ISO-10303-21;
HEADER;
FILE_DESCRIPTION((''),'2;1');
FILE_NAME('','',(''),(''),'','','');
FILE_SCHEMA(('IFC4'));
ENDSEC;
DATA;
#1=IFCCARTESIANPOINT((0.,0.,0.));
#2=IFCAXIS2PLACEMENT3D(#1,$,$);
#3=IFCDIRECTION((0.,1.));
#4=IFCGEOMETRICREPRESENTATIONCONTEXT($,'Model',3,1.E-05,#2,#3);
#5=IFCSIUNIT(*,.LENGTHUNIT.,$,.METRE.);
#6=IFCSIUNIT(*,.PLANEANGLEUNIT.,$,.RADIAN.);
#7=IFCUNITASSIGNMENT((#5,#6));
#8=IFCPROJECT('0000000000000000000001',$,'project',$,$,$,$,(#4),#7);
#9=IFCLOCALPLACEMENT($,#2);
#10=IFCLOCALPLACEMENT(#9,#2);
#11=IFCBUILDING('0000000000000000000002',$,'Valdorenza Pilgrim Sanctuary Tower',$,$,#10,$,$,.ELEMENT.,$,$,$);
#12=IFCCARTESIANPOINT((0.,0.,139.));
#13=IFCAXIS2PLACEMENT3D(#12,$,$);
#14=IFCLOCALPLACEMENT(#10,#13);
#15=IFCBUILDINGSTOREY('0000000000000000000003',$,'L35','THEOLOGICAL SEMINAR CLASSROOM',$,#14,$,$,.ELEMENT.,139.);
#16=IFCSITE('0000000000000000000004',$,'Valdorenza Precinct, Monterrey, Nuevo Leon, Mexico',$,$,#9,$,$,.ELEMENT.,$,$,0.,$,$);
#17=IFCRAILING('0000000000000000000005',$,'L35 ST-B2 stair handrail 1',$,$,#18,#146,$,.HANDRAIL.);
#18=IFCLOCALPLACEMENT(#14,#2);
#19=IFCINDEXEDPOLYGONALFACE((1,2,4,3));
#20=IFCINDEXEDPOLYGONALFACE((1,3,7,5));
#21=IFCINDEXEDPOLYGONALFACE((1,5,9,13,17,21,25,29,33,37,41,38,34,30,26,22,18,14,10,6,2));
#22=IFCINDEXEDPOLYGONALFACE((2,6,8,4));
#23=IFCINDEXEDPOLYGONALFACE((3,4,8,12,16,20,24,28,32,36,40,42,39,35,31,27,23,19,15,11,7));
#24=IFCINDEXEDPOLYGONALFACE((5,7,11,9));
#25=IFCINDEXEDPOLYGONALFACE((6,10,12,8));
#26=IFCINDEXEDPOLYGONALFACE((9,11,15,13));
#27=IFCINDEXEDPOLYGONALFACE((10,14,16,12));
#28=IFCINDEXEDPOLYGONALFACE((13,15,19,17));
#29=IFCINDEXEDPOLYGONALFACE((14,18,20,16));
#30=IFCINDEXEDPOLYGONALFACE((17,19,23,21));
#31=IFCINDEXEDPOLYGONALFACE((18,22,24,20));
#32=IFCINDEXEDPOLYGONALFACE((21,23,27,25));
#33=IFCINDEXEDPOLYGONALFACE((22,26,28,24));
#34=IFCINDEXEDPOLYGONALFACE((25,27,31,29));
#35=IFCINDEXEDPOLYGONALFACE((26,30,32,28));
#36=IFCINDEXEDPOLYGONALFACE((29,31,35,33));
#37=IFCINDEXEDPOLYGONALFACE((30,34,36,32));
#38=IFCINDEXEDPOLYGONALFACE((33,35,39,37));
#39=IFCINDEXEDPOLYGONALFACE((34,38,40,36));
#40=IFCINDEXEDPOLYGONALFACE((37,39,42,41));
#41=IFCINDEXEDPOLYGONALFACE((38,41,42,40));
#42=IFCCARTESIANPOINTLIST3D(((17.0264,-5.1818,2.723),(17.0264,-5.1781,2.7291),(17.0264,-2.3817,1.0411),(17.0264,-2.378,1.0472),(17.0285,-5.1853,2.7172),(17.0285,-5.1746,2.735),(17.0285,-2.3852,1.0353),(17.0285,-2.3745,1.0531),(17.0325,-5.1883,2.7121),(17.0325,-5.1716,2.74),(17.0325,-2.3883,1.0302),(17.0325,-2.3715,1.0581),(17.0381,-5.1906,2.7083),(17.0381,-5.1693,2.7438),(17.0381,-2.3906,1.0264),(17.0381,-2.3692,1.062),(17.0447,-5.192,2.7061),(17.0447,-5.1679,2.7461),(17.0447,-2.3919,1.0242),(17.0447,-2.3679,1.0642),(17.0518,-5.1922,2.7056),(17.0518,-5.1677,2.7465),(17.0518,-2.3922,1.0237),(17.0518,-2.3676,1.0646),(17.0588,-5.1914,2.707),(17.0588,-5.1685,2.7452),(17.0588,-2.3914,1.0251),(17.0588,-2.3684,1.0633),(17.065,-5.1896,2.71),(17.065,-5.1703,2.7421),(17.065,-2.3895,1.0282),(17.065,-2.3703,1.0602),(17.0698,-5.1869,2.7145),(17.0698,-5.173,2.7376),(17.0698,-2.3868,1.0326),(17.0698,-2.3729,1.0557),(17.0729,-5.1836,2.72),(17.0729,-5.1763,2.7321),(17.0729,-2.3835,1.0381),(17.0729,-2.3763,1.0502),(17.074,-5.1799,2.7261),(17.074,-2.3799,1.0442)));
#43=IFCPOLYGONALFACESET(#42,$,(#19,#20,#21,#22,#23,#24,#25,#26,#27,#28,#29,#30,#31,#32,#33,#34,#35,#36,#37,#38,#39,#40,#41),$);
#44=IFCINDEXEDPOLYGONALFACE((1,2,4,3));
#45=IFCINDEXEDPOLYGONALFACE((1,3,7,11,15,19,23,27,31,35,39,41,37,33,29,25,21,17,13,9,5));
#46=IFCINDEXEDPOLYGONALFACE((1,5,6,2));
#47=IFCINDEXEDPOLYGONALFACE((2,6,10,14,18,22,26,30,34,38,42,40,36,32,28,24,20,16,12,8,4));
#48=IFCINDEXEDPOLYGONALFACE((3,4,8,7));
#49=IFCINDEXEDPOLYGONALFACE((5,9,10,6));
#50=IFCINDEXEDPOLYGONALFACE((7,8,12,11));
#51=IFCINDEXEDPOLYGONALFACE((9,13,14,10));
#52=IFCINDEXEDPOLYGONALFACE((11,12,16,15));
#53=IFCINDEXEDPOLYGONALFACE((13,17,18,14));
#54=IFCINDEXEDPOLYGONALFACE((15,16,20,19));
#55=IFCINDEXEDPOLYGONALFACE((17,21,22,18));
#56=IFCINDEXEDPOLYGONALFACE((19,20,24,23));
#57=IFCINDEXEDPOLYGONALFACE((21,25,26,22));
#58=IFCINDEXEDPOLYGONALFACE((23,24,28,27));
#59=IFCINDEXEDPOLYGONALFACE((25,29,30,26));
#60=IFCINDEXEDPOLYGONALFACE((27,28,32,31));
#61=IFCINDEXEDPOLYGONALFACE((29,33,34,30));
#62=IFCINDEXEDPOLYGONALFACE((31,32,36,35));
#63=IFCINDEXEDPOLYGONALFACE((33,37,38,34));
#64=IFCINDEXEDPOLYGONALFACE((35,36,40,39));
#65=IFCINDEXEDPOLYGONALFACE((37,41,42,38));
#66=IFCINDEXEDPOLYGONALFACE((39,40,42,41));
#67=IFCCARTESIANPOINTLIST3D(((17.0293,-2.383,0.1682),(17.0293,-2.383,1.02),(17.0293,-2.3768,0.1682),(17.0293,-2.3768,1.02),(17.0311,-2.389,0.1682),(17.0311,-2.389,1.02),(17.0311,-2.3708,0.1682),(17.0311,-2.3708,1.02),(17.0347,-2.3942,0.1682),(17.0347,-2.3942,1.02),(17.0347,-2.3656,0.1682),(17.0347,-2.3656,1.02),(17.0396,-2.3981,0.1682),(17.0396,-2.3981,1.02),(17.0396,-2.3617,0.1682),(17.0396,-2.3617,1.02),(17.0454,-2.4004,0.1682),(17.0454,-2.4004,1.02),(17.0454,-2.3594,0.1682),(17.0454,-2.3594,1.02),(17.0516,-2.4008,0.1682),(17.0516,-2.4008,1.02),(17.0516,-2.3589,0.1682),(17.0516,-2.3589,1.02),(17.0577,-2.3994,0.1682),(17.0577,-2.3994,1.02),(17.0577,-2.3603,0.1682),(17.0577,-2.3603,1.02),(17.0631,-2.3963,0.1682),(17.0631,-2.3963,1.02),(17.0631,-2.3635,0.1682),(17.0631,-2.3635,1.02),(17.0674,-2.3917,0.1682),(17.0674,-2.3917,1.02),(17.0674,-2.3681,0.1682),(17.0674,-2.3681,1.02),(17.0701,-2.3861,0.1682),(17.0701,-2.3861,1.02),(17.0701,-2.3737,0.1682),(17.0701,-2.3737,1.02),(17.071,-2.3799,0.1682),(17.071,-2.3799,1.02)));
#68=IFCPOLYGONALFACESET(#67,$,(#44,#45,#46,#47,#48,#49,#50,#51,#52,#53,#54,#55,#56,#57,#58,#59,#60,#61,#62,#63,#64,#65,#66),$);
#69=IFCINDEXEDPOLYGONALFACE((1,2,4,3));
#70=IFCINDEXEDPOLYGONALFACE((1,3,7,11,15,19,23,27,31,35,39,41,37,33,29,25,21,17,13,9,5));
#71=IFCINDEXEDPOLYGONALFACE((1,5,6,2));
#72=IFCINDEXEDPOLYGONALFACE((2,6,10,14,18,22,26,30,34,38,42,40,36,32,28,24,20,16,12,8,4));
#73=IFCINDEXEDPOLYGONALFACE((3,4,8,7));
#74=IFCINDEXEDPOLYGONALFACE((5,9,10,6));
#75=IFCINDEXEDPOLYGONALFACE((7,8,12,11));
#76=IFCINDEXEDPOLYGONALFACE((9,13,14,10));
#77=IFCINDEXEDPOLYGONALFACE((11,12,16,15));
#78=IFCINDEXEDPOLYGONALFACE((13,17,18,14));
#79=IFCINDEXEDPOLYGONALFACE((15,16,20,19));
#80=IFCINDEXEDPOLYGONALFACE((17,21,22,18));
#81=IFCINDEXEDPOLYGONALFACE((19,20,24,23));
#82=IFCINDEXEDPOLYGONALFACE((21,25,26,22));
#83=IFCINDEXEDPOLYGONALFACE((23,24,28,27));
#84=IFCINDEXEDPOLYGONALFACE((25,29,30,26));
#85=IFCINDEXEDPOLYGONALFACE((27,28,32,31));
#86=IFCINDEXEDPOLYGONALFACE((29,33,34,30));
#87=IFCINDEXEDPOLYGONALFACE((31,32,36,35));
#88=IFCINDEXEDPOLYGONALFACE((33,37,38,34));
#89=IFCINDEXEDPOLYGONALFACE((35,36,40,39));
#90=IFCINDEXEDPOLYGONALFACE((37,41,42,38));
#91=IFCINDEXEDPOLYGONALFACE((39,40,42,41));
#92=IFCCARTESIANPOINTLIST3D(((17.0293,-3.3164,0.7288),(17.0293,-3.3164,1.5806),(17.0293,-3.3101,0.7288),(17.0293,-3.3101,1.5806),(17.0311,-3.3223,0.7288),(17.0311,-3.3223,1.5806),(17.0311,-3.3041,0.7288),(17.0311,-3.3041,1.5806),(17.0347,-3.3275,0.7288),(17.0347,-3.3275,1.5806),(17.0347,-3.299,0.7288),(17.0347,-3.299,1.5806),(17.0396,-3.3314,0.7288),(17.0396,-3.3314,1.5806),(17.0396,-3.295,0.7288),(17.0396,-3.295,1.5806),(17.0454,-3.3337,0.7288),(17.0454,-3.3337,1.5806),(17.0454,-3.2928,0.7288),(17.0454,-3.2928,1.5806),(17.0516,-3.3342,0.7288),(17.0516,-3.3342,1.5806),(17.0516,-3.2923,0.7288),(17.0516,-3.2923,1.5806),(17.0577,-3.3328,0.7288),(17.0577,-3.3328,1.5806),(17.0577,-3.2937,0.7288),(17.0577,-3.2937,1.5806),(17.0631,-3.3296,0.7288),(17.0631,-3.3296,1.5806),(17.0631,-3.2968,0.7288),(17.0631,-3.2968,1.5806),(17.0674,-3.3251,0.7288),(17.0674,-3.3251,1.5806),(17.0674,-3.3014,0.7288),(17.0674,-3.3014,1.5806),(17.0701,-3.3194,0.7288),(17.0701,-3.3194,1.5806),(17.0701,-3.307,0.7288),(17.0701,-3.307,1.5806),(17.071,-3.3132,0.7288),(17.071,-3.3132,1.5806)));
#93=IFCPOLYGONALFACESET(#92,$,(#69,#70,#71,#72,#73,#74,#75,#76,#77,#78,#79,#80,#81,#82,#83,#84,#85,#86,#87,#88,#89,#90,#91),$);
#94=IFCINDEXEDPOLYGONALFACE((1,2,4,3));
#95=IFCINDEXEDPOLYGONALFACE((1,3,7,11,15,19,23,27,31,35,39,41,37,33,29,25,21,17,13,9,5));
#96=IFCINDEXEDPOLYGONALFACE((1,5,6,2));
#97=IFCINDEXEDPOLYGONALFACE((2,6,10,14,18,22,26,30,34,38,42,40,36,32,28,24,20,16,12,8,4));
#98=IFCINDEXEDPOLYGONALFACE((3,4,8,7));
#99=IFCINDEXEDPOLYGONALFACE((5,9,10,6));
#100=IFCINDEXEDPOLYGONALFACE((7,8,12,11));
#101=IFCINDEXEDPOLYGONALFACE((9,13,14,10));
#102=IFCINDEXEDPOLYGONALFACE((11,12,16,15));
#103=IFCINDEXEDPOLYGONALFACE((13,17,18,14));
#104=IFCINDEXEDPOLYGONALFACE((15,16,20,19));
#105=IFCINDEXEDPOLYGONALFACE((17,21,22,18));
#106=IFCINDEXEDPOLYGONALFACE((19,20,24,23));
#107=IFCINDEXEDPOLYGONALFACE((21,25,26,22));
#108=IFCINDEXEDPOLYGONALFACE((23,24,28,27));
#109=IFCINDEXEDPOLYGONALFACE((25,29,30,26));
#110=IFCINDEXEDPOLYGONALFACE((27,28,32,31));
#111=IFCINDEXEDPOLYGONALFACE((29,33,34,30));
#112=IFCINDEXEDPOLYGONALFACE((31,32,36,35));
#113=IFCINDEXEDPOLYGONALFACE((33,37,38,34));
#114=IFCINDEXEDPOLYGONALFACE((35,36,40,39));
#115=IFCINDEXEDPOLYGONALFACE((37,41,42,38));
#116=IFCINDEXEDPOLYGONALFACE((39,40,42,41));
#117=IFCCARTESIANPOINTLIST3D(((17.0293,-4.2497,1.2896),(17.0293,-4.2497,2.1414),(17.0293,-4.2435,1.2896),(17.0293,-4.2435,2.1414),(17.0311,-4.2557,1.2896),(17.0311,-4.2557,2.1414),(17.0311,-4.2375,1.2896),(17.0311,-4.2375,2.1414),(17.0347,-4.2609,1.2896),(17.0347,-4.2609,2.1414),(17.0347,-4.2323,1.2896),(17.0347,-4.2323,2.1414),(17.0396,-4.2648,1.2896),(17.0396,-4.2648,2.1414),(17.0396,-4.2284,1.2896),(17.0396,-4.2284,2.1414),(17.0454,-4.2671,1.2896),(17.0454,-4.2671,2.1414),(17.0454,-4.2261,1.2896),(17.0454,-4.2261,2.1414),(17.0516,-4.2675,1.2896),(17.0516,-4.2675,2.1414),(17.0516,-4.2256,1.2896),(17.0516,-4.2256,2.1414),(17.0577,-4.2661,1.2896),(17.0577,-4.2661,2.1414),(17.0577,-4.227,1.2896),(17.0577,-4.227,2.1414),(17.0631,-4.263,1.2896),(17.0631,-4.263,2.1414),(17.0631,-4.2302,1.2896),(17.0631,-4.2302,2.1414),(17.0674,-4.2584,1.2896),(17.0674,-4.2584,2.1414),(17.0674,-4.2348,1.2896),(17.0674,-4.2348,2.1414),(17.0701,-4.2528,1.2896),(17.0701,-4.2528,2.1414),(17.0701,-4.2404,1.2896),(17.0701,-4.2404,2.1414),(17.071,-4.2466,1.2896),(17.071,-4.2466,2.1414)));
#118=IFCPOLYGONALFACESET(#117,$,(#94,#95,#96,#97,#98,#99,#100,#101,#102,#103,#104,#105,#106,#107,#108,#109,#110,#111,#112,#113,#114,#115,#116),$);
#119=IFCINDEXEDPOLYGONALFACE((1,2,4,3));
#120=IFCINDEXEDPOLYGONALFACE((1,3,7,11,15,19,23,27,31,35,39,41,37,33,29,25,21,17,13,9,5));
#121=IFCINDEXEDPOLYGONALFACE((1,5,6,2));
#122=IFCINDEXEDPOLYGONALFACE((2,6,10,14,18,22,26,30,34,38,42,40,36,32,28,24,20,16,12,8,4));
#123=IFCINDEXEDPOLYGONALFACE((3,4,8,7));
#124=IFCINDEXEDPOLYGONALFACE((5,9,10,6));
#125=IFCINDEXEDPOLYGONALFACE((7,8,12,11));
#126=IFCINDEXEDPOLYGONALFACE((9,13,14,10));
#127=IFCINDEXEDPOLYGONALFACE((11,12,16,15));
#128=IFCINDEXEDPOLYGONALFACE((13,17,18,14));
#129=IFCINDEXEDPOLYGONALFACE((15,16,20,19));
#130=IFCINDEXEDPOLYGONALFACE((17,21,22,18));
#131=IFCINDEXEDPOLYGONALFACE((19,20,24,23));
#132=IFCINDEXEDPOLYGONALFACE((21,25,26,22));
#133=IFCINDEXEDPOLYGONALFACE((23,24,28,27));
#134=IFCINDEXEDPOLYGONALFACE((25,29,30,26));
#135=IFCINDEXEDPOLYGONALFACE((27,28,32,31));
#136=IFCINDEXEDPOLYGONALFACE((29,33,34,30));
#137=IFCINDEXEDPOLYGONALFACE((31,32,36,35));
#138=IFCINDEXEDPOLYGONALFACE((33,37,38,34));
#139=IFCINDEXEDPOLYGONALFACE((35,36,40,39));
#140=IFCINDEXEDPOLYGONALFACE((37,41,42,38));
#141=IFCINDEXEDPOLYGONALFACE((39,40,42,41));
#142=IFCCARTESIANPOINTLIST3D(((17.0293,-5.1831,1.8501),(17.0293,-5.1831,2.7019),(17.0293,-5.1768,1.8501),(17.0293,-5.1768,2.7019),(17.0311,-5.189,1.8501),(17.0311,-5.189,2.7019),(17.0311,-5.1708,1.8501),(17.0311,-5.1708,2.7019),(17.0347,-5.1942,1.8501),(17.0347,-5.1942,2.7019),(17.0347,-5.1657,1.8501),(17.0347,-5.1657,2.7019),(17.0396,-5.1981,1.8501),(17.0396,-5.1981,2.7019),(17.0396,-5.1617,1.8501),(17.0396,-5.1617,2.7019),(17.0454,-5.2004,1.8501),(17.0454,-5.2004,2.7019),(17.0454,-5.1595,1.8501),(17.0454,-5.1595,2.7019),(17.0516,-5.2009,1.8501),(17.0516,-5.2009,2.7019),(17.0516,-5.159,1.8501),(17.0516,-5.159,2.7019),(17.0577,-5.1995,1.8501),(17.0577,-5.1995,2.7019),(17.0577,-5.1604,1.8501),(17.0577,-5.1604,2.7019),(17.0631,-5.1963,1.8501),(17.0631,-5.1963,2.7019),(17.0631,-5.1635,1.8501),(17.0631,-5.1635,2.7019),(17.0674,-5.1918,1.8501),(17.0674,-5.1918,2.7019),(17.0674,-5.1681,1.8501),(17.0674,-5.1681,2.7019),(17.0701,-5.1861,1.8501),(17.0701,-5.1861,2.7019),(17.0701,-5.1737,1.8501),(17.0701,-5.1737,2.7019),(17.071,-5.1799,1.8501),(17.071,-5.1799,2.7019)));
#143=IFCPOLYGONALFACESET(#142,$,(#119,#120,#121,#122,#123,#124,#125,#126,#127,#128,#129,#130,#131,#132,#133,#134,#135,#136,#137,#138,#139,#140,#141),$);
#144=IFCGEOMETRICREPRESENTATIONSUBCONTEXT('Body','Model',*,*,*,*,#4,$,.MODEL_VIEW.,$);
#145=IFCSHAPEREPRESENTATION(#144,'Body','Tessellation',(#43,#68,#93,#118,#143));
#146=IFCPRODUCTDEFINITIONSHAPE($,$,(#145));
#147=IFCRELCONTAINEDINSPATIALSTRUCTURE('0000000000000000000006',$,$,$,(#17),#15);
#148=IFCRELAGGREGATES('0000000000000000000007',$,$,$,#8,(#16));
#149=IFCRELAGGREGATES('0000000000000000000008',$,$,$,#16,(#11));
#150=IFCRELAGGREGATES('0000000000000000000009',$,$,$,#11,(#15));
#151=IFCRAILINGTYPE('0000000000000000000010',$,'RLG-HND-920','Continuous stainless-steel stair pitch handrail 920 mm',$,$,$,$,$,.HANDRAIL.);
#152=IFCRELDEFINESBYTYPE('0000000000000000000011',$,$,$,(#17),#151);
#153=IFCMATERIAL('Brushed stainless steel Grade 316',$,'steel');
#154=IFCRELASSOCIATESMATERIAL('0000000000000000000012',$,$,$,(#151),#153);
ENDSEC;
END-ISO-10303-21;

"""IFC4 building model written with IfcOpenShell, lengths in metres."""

from ifc_helpers import new_model, si_unit, direction, frame, origin, origin_2d, place, context, subcontext, project, spatial, circle, extrude, material, type_object, element, save


model = new_model("IFC4")

# Units and contexts
model_context = context("Model", 3, precision=1e-05, world=origin(), true_north=direction((0.0, 1.0)))
body_context = subcontext(model_context, "Body", "Model", "MODEL_VIEW")
ifc_project = project(units=[si_unit("LENGTHUNIT", "METRE"), si_unit("PLANEANGLEUNIT", "RADIAN")], contexts=[model_context])

# Site, building, storey
site_placement = place(None, origin())
site = spatial("IfcSite", under=ifc_project, at=site_placement, Name="Valdorenza Precinct, Monterrey, Nuevo Leon, Mexico", CompositionType="ELEMENT", RefElevation=0.0)
building_placement = place(site_placement, origin())
building = spatial("IfcBuilding", under=site, at=building_placement, Name="Valdorenza Pilgrim Sanctuary Tower", CompositionType="ELEMENT")
storey_placement = place(building_placement, frame((0.0, 0.0, 139.0)))
storey = spatial("IfcBuildingStorey", under=building, at=storey_placement, Name="L35", Description="THEOLOGICAL SEMINAR CLASSROOM", CompositionType="ELEMENT", Elevation=139.0)

# Railing
ifc_material_1 = material(Name="Brushed stainless steel Grade 316", Category="steel")
railing_type_1 = type_object("IfcRailingType", Name="RLG-HND-920", Description="Continuous stainless-steel stair pitch handrail 920 mm", PredefinedType="HANDRAIL", material=ifc_material_1)
railing_1_placement = place(storey_placement, frame((17.05, -2.3799, 0.1682)))
element("IfcRailing", 1, at=railing_1_placement, inside=storey, type_object=railing_type_1, Name="L35 ST-B2 stair handrail 1", PredefinedType="HANDRAIL", context=body_context, shape_type="SweptSolid", body=[
    extrude(circle(Radius=0.0239, at=origin_2d()), frame((0.0, 0.0, 0.876), z_axis=(0.0, -0.857242, 0.514913), x_axis=(1.0, 0.0, 0.0)), (0.0, 0.0, 1.0), 3.2664),
    extrude(circle(Radius=0.021, at=origin_2d()), origin(), (0.0, 0.0, 1.0), 0.8518),
    extrude(circle(Radius=0.021, at=origin_2d()), frame((0.0, -0.9333, 0.5605)), (0.0, 0.0, 1.0), 0.8518),
    extrude(circle(Radius=0.021, at=origin_2d()), frame((0.0, -1.8667, 1.1213)), (0.0, 0.0, 1.0), 0.8518),
    extrude(circle(Radius=0.021, at=origin_2d()), frame((0.0, -2.8, 1.6819)), (0.0, 0.0, 1.0), 0.8518),
])

save(model, "model.ifc")
